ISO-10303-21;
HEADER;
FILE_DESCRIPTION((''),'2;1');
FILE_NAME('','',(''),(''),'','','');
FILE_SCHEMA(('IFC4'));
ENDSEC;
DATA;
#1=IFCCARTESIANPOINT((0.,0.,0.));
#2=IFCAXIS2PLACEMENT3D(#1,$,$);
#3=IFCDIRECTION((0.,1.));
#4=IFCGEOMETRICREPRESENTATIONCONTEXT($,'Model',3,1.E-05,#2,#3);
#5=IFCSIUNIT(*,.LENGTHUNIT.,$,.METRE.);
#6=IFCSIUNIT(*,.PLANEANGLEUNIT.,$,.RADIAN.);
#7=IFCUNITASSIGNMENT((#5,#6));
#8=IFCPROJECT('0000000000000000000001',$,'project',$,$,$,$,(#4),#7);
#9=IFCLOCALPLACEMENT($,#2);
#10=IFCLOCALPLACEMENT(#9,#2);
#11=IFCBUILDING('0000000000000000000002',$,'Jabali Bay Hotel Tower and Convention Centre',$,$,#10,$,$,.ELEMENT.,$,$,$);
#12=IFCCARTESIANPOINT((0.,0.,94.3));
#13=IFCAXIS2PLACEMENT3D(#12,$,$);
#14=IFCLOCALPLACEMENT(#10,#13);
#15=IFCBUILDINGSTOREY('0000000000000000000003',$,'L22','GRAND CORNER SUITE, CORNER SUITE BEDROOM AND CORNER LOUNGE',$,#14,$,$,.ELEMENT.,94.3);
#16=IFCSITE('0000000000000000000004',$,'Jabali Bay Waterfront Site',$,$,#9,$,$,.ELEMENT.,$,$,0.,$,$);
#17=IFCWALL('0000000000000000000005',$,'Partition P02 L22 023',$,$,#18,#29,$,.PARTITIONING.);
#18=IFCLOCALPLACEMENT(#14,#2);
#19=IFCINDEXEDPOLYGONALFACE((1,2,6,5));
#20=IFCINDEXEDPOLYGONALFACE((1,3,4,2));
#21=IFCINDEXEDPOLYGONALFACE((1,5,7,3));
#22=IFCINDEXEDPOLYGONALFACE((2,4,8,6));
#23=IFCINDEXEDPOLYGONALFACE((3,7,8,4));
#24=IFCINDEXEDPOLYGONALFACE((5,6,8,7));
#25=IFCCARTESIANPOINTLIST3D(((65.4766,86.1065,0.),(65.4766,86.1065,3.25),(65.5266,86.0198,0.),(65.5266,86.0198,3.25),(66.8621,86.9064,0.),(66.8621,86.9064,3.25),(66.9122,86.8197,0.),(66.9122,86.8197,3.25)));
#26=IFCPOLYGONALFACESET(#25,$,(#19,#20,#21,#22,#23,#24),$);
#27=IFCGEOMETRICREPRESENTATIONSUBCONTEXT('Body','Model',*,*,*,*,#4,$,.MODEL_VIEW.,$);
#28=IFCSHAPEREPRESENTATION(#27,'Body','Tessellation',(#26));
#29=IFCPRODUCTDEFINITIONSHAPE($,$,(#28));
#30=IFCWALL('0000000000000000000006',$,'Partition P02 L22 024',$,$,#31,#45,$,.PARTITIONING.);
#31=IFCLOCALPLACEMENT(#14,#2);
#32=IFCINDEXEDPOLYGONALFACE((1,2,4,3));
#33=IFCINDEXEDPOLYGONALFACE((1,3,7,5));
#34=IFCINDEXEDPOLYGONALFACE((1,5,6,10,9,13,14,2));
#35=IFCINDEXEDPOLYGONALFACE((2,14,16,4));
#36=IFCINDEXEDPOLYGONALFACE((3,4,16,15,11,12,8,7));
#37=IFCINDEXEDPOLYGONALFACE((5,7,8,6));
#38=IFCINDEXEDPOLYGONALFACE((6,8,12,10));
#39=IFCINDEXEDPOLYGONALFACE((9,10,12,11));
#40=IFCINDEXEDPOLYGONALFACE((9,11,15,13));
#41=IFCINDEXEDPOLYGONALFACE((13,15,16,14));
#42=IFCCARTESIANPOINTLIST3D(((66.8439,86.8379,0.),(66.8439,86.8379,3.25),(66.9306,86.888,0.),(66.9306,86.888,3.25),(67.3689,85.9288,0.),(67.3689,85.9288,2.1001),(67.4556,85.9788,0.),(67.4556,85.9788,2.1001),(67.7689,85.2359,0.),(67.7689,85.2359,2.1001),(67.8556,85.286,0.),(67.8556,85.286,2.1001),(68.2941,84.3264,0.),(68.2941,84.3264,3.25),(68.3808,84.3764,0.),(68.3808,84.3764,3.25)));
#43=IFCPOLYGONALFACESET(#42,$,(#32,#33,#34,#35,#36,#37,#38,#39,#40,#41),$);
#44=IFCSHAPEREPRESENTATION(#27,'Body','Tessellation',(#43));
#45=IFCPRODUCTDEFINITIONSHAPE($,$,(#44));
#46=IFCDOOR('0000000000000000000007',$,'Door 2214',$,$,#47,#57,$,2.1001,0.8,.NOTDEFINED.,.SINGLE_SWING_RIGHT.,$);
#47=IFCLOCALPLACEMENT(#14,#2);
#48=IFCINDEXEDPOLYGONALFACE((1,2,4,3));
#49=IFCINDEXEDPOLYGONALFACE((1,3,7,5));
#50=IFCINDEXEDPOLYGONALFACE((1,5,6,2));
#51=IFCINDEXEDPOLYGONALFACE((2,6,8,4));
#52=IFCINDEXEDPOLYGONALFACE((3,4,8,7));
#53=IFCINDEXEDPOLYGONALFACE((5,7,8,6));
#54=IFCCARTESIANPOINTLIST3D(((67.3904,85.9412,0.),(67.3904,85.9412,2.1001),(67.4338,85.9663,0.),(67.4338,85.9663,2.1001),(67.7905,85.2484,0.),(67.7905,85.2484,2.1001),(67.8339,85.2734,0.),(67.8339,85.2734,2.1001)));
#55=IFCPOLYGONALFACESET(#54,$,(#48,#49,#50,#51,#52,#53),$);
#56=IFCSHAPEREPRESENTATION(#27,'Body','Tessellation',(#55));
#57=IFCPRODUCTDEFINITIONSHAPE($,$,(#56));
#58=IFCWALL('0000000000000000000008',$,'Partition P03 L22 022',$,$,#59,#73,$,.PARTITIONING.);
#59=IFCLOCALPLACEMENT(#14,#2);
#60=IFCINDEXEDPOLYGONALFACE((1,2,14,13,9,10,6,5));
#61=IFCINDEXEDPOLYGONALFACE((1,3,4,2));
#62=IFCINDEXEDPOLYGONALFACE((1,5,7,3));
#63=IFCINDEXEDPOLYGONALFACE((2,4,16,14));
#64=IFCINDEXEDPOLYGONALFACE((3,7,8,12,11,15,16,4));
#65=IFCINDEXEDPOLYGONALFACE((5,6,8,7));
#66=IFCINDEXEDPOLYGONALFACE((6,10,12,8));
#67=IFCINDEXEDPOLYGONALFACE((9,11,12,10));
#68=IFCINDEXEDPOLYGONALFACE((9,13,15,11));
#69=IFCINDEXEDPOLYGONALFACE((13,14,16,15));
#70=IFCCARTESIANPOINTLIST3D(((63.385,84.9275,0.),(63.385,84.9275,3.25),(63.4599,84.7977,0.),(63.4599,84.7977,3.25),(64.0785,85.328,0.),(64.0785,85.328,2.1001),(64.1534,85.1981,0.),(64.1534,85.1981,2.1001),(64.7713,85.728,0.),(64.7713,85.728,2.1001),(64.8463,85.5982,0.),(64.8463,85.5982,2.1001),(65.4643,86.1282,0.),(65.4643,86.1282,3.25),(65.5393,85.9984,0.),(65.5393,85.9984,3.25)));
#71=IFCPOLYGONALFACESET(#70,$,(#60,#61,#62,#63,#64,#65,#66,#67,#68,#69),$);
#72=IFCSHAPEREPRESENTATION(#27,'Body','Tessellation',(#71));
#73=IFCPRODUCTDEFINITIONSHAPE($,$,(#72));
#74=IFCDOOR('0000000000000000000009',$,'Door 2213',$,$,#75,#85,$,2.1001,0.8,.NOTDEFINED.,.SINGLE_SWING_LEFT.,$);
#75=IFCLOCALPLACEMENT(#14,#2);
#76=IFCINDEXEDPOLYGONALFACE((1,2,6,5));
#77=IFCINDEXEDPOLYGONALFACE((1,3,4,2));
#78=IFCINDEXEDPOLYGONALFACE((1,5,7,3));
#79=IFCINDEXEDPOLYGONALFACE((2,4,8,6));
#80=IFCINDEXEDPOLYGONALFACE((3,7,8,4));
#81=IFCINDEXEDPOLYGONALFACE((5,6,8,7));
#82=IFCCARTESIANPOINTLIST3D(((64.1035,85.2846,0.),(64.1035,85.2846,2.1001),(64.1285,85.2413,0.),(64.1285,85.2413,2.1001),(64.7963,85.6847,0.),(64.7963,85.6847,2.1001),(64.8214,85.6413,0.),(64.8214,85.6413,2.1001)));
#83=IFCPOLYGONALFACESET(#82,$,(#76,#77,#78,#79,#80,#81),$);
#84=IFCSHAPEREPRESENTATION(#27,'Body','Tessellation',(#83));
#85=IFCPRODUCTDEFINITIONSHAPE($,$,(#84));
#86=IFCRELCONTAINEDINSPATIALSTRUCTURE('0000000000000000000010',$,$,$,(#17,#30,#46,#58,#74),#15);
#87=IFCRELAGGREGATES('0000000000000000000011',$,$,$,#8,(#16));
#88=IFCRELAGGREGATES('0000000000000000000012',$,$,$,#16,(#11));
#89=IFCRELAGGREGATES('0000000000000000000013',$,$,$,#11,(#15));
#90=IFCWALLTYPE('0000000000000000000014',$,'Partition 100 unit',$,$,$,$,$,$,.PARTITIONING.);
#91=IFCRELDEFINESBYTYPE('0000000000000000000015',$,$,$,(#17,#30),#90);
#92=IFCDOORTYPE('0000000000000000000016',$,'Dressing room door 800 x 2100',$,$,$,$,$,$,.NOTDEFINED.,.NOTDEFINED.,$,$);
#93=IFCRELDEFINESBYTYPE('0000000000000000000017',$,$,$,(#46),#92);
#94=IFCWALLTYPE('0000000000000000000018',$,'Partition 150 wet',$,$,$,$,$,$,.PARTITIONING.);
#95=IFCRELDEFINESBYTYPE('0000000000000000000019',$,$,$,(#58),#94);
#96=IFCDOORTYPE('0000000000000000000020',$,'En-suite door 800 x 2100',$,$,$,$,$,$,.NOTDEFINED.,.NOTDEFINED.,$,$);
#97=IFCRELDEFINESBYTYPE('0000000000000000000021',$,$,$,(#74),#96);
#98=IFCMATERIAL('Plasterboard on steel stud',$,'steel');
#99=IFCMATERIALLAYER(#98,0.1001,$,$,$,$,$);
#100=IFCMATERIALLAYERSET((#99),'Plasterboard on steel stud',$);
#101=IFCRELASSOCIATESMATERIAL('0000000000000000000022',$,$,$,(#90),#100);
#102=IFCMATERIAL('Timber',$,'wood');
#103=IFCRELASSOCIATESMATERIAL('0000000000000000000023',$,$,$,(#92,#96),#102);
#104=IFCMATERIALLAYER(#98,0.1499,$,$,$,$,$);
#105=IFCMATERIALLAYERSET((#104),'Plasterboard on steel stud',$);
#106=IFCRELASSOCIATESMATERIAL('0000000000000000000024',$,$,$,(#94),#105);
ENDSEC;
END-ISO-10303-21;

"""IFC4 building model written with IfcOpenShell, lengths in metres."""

from ifc_helpers import new_model, si_unit, direction, frame, frame_2d, origin, place, context, subcontext, project, spatial, rectangle, extrude, material, layer, layer_set, type_object, element, fill, save


model = new_model("IFC4")

# Units and contexts
model_context = context("Model", 3, precision=1e-05, world=origin(), true_north=direction((0.0, 1.0)))
body_context = subcontext(model_context, "Body", "Model", "MODEL_VIEW")
ifc_project = project(units=[si_unit("LENGTHUNIT", "METRE"), si_unit("PLANEANGLEUNIT", "RADIAN")], contexts=[model_context])

# Site, building, storey
site_placement = place(None, origin())
site = spatial("IfcSite", under=ifc_project, at=site_placement, Name="Jabali Bay Waterfront Site", CompositionType="ELEMENT", RefElevation=0.0)
building_placement = place(site_placement, origin())
building = spatial("IfcBuilding", under=site, at=building_placement, Name="Jabali Bay Hotel Tower and Convention Centre", CompositionType="ELEMENT")
storey_placement = place(building_placement, frame((0.0, 0.0, 94.3)))
storey = spatial("IfcBuildingStorey", under=building, at=storey_placement, Name="L22", Description="GRAND CORNER SUITE, CORNER SUITE BEDROOM AND CORNER LOUNGE", CompositionType="ELEMENT", Elevation=94.3)

# Wall
ifc_material_1 = material(Name="Plasterboard on steel stud", Category="steel")
ifc_layer_1 = layer(ifc_material_1, 0.1001)
ifc_layer_set_1 = layer_set([ifc_layer_1], Name="Plasterboard on steel stud")
wall_type_1 = type_object("IfcWallType", Name="Partition 100 unit", PredefinedType="PARTITIONING", material=ifc_layer_set_1)
wall_1_placement = place(storey_placement, frame((65.5017, 86.0632, 0.0), z_axis=(0.0, 0.0, 1.0), x_axis=(0.866056, 0.499947, 0.0)))
element("IfcWall", 1, at=wall_1_placement, inside=storey, type_object=wall_type_1, Name="Partition P02 L22 023", PredefinedType="PARTITIONING", context=body_context, shape_type="SweptSolid", body=[
    extrude(rectangle(XDim=1.5999, YDim=0.1001, at=frame_2d((0.7998, 0.0))), origin(), (0.0, 0.0, 1.0), 3.25),
])

# Walls, openings, doors
wall_2_placement = place(storey_placement, frame((66.8872, 86.863, 0.0), z_axis=(0.0, 0.0, 1.0), x_axis=(0.50005, -0.865996, 0.0)))
wall_2 = element("IfcWall", 2, at=wall_2_placement, inside=storey, type_object=wall_type_1, Name="Partition P02 L22 024", PredefinedType="PARTITIONING", context=body_context, shape_type="SweptSolid", body=[
    extrude(rectangle(XDim=2.9001, YDim=0.1001, at=frame_2d((1.4502, 0.0))), origin(), (0.0, 0.0, 1.0), 3.25),
])
opening_1_placement = place(wall_2_placement, frame((1.05, 0.0, 0.0)))
opening_1 = element("IfcOpeningElement", 3, at=opening_1_placement, cuts=wall_2, PredefinedType="OPENING", context=body_context, shape_type="SweptSolid", body=[
    extrude(rectangle(XDim=0.8, YDim=2.1001, at=frame_2d((0.3999, 1.05))), frame((0.0, 0.0605, 0.0), z_axis=(0.0, -1.0, 0.0), x_axis=(1.0, 0.0, 0.0)), (0.0, 0.0, 1.0), 0.1211),
])
ifc_material_2 = material(Name="Timber", Category="wood")
door_type_1 = type_object("IfcDoorType", Name="Dressing room door 800 x 2100", OperationType="NOTDEFINED", PredefinedType="NOTDEFINED", material=ifc_material_2)
door_1_placement = place(opening_1_placement, origin())
door_1 = element("IfcDoor", 4, at=door_1_placement, inside=storey, type_object=door_type_1, Name="Door 2214", OperationType="SINGLE_SWING_RIGHT", OverallHeight=2.1001, OverallWidth=0.8, PredefinedType="NOTDEFINED", context=body_context, shape_type="SweptSolid", body=[
    extrude(rectangle(XDim=0.8, YDim=2.1001, at=frame_2d((0.3999, 1.05))), frame((0.0, 0.0249, 0.0), z_axis=(0.0, -1.0, 0.0), x_axis=(1.0, 0.0, 0.0)), (0.0, 0.0, 1.0), 0.05),
])
fill(opening_1, door_1)
ifc_layer_2 = layer(ifc_material_1, 0.1499)
ifc_layer_set_2 = layer_set([ifc_layer_2], Name="Plasterboard on steel stud")
wall_type_2 = type_object("IfcWallType", Name="Partition 150 wet", PredefinedType="PARTITIONING", material=ifc_layer_set_2)
wall_3_placement = place(storey_placement, frame((63.4224, 84.8625, 0.0), z_axis=(0.0, 0.0, 1.0), x_axis=(0.865994, 0.500054, 0.0)))
wall_3 = element("IfcWall", 5, at=wall_3_placement, inside=storey, type_object=wall_type_2, Name="Partition P03 L22 022", PredefinedType="PARTITIONING", context=body_context, shape_type="SweptSolid", body=[
    extrude(rectangle(XDim=2.4011, YDim=0.1499, at=frame_2d((1.2007, 0.0))), origin(), (0.0, 0.0, 1.0), 3.25),
])
opening_2_placement = place(wall_3_placement, frame((0.801, 0.0, 0.0)))
opening_2 = element("IfcOpeningElement", 6, at=opening_2_placement, cuts=wall_3, PredefinedType="OPENING", context=body_context, shape_type="SweptSolid", body=[
    extrude(rectangle(XDim=0.8, YDim=2.1001, at=frame_2d((0.3999, 1.05))), frame((0.0, 0.0854, 0.0), z_axis=(0.0, -1.0, 0.0), x_axis=(1.0, 0.0, 0.0)), (0.0, 0.0, 1.0), 0.1709),
])
door_type_2 = type_object("IfcDoorType", Name="En-suite door 800 x 2100", OperationType="NOTDEFINED", PredefinedType="NOTDEFINED", material=ifc_material_2)
door_2_placement = place(opening_2_placement, origin())
door_2 = element("IfcDoor", 7, at=door_2_placement, inside=storey, type_object=door_type_2, Name="Door 2213", OperationType="SINGLE_SWING_LEFT", OverallHeight=2.1001, OverallWidth=0.8, PredefinedType="NOTDEFINED", context=body_context, shape_type="SweptSolid", body=[
    extrude(rectangle(XDim=0.8, YDim=2.1001, at=frame_2d((0.3999, 1.05))), frame((0.0, 0.0249, 0.0), z_axis=(0.0, -1.0, 0.0), x_axis=(1.0, 0.0, 0.0)), (0.0, 0.0, 1.0), 0.05),
])
fill(opening_2, door_2)

save(model, "model.ifc")
